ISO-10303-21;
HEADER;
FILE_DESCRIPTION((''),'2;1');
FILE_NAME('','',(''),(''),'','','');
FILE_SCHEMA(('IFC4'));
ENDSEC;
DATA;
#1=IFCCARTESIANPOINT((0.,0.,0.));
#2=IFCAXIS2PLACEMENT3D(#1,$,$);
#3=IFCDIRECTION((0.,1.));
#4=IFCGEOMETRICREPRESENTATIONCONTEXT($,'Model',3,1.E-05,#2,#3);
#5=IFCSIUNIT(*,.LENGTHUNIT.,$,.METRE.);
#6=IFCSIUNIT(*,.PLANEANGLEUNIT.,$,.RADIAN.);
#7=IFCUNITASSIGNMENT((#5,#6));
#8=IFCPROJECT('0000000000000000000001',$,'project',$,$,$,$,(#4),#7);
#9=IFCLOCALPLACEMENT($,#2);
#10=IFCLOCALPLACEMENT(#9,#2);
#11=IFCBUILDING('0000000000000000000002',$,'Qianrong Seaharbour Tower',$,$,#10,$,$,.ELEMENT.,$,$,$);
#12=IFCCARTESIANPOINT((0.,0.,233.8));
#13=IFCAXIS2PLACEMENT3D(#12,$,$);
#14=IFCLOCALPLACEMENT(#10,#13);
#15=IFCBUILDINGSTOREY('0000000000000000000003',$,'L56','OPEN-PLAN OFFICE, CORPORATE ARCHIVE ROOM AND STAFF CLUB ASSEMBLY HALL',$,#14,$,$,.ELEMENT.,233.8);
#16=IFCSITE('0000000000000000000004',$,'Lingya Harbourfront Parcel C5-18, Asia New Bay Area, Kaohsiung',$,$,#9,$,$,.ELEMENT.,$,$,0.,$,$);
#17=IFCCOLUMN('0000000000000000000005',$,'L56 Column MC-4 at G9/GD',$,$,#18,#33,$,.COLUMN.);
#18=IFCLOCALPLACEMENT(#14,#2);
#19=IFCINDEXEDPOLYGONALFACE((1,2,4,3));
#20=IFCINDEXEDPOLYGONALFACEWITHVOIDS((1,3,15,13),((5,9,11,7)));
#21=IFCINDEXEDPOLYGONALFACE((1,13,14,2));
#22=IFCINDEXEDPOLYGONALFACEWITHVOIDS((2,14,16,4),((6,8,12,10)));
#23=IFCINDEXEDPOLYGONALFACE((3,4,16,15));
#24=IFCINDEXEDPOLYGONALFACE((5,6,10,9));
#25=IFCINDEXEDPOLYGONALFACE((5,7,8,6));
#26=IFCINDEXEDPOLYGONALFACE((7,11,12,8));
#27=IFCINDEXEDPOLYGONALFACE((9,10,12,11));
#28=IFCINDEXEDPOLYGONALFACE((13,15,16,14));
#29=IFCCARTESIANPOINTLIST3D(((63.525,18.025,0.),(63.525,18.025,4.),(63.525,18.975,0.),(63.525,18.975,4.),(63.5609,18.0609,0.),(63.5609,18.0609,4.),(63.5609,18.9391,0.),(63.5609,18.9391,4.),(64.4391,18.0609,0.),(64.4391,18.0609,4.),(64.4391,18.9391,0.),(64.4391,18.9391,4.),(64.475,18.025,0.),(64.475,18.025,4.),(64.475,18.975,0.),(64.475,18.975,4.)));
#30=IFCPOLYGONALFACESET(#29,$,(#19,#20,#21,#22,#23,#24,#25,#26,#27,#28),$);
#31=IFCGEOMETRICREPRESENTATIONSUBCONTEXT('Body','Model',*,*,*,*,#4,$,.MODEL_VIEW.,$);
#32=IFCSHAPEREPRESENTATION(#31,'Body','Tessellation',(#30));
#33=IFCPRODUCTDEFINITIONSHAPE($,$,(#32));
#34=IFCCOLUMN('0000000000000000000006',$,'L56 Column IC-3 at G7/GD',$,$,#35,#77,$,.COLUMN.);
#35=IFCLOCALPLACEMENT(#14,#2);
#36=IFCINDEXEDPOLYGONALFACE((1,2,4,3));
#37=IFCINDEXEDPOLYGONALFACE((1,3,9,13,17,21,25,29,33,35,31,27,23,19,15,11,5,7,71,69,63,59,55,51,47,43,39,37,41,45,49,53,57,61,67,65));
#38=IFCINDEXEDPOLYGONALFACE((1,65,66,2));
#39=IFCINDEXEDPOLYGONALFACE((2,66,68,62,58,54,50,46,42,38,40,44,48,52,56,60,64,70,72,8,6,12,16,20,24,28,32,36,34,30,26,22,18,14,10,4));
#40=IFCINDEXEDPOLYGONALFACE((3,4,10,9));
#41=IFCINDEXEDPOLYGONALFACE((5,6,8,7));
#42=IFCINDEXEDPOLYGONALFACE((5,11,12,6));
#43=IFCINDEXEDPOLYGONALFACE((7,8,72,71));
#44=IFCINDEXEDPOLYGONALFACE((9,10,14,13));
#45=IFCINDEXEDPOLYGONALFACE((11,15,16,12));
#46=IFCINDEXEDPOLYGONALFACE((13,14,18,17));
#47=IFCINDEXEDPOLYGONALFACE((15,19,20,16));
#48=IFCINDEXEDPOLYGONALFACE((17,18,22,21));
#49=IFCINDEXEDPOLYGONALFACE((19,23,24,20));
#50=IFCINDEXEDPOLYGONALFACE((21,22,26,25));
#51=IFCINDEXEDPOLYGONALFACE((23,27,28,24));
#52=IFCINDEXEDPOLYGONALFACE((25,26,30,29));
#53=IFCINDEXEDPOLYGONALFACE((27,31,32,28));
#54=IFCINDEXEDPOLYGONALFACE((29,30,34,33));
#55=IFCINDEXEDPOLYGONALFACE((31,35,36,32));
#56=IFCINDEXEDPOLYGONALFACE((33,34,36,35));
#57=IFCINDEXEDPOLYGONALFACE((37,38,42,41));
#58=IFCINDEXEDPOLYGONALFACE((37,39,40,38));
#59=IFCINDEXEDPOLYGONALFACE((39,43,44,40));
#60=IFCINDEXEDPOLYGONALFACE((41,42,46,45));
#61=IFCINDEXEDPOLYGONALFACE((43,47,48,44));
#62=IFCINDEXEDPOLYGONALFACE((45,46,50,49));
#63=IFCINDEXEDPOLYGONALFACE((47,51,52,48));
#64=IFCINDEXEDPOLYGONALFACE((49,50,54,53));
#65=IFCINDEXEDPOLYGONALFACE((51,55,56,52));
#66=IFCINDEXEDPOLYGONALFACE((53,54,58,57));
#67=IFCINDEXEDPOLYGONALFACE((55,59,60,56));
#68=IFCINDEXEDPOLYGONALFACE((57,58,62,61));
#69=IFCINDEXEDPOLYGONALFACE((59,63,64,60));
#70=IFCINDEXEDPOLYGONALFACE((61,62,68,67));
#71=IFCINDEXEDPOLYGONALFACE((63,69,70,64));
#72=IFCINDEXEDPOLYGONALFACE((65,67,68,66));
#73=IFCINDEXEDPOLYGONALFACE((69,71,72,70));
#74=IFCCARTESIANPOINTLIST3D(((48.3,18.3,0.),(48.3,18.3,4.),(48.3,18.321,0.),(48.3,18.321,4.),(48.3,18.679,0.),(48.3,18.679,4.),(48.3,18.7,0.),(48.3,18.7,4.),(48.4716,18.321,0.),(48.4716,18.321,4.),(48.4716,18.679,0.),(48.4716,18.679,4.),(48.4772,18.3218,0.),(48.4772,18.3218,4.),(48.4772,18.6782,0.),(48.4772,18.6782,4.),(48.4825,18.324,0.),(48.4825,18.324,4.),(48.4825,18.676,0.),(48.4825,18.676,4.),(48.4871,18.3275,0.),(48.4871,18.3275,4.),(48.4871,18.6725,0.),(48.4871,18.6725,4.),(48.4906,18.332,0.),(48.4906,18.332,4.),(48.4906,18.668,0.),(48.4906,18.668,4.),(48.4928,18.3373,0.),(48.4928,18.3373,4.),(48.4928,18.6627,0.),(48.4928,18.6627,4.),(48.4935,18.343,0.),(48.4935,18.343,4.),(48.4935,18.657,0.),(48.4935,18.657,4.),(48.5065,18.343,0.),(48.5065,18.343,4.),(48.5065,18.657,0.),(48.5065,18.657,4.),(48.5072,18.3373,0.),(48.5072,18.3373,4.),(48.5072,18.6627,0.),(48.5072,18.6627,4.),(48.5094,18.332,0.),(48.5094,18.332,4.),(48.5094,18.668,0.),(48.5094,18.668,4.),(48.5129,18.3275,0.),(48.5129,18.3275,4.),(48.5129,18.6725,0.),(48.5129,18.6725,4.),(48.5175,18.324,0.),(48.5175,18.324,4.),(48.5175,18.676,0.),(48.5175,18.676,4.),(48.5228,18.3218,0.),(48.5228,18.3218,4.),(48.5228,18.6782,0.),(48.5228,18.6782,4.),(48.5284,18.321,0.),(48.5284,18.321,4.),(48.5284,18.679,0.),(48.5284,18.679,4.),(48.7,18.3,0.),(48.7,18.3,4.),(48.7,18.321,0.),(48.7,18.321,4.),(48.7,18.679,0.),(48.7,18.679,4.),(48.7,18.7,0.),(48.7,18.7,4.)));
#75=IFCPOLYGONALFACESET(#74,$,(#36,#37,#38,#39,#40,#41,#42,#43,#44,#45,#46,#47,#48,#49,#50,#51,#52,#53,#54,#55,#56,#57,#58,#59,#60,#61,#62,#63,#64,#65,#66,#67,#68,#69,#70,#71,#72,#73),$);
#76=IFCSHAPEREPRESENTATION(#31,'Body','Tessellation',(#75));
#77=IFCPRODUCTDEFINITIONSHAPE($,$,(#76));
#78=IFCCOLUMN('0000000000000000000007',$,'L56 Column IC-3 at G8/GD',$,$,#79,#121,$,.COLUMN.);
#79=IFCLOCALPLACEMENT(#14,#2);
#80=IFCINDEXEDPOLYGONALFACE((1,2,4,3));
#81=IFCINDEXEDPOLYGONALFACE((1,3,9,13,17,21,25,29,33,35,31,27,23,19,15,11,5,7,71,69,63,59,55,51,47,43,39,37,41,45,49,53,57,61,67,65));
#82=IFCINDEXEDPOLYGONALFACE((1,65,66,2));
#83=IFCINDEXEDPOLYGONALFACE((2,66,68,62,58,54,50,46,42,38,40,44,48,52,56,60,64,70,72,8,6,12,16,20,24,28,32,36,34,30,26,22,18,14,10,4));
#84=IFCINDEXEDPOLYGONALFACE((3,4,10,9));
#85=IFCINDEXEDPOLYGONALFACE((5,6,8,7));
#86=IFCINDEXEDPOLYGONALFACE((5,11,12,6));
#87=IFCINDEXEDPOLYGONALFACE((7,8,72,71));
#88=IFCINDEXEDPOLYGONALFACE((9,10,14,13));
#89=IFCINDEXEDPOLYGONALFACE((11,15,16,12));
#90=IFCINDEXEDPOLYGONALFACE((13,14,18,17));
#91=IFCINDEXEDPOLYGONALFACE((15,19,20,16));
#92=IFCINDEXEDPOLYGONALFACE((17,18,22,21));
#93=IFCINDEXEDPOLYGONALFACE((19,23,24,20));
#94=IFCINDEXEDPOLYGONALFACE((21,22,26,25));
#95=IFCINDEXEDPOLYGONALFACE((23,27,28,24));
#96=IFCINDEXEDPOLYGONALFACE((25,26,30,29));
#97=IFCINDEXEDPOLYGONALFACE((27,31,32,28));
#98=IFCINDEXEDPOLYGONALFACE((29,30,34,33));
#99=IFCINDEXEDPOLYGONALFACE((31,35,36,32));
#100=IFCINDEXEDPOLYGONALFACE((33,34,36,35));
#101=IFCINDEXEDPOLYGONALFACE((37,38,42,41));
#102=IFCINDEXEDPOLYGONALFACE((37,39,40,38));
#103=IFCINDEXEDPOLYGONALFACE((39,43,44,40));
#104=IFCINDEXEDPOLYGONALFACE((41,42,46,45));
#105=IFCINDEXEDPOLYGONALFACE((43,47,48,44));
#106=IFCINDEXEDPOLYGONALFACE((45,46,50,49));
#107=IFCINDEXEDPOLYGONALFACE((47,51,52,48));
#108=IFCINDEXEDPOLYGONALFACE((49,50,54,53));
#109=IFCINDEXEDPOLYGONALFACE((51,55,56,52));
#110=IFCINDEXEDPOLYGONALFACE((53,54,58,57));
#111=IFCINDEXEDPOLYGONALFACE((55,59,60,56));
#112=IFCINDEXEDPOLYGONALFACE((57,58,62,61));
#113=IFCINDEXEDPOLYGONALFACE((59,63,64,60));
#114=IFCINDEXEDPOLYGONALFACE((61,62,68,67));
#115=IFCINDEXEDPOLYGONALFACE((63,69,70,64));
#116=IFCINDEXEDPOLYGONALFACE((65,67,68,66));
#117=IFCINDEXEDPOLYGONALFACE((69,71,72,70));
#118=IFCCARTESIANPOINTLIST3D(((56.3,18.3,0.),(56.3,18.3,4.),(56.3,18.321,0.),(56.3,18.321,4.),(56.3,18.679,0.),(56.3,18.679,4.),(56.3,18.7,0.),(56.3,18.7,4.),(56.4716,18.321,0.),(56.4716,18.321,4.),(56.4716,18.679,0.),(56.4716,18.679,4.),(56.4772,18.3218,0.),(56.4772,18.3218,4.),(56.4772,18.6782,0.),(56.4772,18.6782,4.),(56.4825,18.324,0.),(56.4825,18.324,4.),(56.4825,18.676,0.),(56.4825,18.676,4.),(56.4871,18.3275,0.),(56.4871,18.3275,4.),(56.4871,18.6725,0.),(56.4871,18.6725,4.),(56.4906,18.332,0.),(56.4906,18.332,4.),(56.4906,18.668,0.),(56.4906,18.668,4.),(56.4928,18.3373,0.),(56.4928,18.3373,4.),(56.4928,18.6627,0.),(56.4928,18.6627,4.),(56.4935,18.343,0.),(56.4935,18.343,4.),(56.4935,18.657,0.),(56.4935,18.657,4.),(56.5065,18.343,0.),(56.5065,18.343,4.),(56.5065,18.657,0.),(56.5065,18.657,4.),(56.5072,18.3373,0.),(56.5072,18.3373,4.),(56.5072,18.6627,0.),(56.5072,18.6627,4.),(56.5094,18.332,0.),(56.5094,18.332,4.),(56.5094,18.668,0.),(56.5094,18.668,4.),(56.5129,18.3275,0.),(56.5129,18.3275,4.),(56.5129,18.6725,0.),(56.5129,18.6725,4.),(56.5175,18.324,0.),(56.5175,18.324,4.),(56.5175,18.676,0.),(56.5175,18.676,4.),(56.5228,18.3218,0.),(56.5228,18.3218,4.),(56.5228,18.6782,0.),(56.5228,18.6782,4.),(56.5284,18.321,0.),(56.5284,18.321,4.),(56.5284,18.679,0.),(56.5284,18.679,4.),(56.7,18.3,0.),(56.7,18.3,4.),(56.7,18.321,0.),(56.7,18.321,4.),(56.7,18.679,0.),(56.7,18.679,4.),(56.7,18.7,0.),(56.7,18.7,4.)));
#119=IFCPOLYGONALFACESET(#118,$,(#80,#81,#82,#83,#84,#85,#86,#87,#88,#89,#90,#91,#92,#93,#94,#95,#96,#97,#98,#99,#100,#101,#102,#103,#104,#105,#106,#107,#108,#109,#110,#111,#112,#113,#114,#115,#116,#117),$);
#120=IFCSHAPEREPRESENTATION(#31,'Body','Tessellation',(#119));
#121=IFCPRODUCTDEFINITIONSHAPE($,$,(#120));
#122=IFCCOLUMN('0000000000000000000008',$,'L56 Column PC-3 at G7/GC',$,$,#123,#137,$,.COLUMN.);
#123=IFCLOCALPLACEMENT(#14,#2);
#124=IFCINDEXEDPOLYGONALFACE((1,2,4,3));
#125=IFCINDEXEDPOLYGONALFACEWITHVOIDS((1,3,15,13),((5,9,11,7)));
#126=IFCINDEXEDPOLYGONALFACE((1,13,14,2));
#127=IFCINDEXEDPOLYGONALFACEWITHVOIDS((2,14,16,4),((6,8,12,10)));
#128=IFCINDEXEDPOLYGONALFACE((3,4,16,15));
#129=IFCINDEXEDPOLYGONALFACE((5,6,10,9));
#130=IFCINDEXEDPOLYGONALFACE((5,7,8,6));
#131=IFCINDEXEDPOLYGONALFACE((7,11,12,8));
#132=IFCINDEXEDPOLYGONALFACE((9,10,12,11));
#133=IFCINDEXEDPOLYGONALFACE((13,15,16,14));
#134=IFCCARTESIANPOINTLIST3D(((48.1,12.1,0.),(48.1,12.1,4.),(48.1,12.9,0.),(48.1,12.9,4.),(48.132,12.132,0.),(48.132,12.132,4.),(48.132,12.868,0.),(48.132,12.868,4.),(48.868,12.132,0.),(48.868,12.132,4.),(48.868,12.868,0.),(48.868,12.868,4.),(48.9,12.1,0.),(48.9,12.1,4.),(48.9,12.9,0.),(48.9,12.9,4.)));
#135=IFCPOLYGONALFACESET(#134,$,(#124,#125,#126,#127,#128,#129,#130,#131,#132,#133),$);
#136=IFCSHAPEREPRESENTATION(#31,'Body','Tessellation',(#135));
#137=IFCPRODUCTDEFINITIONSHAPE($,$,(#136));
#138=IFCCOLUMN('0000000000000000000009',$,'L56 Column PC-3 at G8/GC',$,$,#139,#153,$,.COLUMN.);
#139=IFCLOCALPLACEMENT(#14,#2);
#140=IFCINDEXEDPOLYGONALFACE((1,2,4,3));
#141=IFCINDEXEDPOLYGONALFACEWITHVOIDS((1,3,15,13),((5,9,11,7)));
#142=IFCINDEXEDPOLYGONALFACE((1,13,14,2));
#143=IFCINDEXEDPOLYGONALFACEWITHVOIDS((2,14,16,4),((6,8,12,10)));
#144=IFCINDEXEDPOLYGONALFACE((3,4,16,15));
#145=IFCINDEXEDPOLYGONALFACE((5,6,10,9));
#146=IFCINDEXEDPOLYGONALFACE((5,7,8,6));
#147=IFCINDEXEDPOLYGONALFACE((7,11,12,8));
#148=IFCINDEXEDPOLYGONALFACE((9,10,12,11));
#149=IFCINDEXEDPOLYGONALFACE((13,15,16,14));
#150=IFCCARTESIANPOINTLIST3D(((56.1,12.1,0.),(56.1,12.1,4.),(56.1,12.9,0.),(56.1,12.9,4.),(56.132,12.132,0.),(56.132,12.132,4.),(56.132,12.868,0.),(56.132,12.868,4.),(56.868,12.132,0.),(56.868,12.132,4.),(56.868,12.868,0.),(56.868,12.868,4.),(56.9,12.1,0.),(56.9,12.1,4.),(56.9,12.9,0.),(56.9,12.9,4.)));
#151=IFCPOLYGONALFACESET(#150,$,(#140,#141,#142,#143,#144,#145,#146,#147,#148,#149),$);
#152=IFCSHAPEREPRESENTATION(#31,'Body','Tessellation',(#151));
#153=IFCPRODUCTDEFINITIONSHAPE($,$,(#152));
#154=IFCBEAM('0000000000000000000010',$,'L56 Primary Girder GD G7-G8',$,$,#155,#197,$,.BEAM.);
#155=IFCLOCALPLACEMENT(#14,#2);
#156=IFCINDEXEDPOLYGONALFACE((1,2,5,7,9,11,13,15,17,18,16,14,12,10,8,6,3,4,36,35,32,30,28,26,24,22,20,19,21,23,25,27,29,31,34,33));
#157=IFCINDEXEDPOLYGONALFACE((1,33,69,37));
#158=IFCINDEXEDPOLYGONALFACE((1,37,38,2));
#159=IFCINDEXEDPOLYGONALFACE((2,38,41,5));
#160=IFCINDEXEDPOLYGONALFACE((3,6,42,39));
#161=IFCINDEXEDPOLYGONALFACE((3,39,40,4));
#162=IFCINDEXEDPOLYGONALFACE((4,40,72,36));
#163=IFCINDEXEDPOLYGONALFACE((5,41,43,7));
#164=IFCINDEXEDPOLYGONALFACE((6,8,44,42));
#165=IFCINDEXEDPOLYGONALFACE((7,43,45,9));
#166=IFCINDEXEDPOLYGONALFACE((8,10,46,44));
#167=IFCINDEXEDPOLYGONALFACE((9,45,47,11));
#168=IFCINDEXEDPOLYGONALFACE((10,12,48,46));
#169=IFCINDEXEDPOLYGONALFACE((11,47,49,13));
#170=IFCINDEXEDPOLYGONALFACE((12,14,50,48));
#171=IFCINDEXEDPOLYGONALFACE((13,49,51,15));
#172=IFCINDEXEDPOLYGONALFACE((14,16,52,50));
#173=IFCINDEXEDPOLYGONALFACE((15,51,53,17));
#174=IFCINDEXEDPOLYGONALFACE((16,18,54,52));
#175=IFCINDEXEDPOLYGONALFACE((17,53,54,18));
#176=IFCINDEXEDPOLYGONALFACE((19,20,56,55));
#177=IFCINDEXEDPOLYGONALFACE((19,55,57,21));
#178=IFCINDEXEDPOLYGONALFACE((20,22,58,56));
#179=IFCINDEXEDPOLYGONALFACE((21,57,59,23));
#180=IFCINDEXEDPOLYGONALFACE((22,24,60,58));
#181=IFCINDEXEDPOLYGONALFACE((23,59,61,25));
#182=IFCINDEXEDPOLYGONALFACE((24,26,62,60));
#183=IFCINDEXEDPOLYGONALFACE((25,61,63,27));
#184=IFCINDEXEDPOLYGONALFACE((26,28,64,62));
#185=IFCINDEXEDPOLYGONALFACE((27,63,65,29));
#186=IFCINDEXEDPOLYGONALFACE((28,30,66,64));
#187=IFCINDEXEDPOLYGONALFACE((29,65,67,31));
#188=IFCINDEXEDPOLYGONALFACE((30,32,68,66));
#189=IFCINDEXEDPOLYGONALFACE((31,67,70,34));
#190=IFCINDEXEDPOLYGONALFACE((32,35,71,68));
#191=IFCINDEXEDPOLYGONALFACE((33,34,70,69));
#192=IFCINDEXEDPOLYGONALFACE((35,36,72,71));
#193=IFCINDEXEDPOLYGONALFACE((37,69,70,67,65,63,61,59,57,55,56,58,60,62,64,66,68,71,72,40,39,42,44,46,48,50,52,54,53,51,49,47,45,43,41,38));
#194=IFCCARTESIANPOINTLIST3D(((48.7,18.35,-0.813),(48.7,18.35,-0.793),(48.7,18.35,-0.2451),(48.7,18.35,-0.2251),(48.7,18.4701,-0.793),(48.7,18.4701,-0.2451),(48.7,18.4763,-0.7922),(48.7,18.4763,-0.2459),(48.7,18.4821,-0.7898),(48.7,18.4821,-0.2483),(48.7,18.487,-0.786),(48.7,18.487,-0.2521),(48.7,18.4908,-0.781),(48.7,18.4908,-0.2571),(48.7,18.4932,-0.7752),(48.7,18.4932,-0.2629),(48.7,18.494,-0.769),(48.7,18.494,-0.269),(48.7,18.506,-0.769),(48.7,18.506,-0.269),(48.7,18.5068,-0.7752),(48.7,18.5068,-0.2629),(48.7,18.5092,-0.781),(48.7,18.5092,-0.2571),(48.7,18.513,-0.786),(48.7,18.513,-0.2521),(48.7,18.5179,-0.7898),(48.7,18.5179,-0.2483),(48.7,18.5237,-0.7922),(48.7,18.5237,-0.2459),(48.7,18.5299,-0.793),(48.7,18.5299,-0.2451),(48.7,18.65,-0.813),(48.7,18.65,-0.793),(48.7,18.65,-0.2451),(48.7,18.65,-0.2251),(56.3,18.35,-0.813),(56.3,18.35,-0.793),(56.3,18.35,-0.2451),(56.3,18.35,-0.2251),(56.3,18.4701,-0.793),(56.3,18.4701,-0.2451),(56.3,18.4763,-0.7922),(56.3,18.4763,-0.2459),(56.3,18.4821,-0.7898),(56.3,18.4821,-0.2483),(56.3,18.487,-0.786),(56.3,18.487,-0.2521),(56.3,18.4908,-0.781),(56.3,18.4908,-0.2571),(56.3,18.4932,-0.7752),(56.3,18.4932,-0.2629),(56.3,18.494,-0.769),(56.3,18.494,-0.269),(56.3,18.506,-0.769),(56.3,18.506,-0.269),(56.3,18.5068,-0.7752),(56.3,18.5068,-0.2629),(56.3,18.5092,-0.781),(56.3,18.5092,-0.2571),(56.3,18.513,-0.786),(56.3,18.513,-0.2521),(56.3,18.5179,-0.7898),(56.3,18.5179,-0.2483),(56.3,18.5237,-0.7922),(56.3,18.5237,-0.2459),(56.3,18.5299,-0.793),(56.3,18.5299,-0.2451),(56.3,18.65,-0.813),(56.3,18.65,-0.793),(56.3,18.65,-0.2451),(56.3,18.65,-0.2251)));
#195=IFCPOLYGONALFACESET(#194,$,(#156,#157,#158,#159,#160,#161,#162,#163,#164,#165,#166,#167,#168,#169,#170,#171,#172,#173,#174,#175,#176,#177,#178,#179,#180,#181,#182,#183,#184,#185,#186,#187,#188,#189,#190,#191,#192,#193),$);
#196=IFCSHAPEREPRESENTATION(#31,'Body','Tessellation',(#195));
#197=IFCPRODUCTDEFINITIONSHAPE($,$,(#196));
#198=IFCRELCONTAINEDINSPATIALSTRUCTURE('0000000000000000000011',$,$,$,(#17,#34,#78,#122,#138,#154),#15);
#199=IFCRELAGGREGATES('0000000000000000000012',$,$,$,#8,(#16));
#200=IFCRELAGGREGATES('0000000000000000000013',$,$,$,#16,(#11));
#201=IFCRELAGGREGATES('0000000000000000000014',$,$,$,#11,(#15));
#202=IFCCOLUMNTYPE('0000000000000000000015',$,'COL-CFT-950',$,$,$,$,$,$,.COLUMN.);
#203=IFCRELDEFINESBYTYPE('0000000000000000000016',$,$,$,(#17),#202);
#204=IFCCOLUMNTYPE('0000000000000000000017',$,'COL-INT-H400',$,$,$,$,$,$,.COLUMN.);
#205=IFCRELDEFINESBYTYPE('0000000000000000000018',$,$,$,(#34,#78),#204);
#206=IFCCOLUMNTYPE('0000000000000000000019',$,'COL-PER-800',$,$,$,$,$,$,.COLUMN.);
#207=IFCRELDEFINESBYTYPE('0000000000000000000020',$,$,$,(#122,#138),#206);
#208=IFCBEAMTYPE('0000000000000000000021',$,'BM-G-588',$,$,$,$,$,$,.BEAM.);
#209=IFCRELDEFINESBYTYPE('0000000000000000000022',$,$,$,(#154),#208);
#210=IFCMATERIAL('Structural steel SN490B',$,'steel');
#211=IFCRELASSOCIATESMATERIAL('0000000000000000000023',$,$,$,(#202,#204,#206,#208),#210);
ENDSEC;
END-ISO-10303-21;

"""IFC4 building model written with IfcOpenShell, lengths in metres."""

from ifc_helpers import new_model, si_unit, direction, frame, origin, origin_2d, place, context, subcontext, project, spatial, hollow_rectangle, i_section, extrude, material, material_profile, profile_set, type_object, element, save


model = new_model("IFC4")

# Units and contexts
model_context = context("Model", 3, precision=1e-05, world=origin(), true_north=direction((0.0, 1.0)))
body_context = subcontext(model_context, "Body", "Model", "MODEL_VIEW")
ifc_project = project(units=[si_unit("LENGTHUNIT", "METRE"), si_unit("PLANEANGLEUNIT", "RADIAN")], contexts=[model_context])

# Site, building, storey
site_placement = place(None, origin())
site = spatial("IfcSite", under=ifc_project, at=site_placement, Name="Lingya Harbourfront Parcel C5-18, Asia New Bay Area, Kaohsiung", CompositionType="ELEMENT", RefElevation=0.0)
building_placement = place(site_placement, origin())
building = spatial("IfcBuilding", under=site, at=building_placement, Name="Qianrong Seaharbour Tower", CompositionType="ELEMENT")
storey_placement = place(building_placement, frame((0.0, 0.0, 233.8)))
storey = spatial("IfcBuildingStorey", under=building, at=storey_placement, Name="L56", Description="OPEN-PLAN OFFICE, CORPORATE ARCHIVE ROOM AND STAFF CLUB ASSEMBLY HALL", CompositionType="ELEMENT", Elevation=233.8)

# Columns
ifc_material_1 = material(Name="Structural steel SN490B", Category="steel")
ifc_material_profile_1 = material_profile(ifc_material_1, hollow_rectangle(XDim=0.95, YDim=0.95, WallThickness=0.0359, at=origin_2d()), Name="BOX950x950x36")
ifc_profile_set_1 = profile_set([ifc_material_profile_1], Name="Structural steel SN490B")
column_type_1 = type_object("IfcColumnType", Name="COL-CFT-950", PredefinedType="COLUMN", material=ifc_profile_set_1)
column_placement = place(storey_placement, frame((64.0, 18.5, 0.0), z_axis=(0.0, 0.0, 1.0), x_axis=(1.0, 0.0, 0.0)))
element("IfcColumn", 1, at=column_placement, inside=storey, type_object=column_type_1, Name="L56 Column MC-4 at G9/GD", PredefinedType="COLUMN", context=body_context, shape_type="SweptSolid", body=[
    extrude(hollow_rectangle(XDim=0.95, YDim=0.95, WallThickness=0.0359, at=origin_2d()), origin(), (0.0, 0.0, 1.0), 4.0),
])
ifc_material_profile_2 = material_profile(ifc_material_1, i_section(OverallWidth=0.3999, OverallDepth=0.3999, WebThickness=0.0129, FlangeThickness=0.021, FilletRadius=0.022, at=origin_2d()), Name="H400x400x13x21")
ifc_profile_set_2 = profile_set([ifc_material_profile_2], Name="Structural steel SN490B")
column_type_2 = type_object("IfcColumnType", Name="COL-INT-H400", PredefinedType="COLUMN", material=ifc_profile_set_2)
for number, where, z_axis, x_axis, name in (
    (2, (48.5, 18.5, 0.0), (0.0, 0.0, 1.0), (1.0, 0.0, 0.0), "L56 Column IC-3 at G7/GD"),
    (3, (56.5, 18.5, 0.0), (0.0, 0.0, 1.0), (1.0, 0.0, 0.0), "L56 Column IC-3 at G8/GD"),
):
    element("IfcColumn", number, at=place(storey_placement, frame(where, z_axis=z_axis, x_axis=x_axis)), inside=storey, type_object=column_type_2, Name=name, PredefinedType="COLUMN", context=body_context, shape_type="SweptSolid", body=[
        extrude(i_section(OverallWidth=0.3999, OverallDepth=0.3999, WebThickness=0.0129, FlangeThickness=0.021, FilletRadius=0.022, at=origin_2d()), origin(), (0.0, 0.0, 1.0), 4.0),
    ])
ifc_material_profile_3 = material_profile(ifc_material_1, hollow_rectangle(XDim=0.8, YDim=0.8, WallThickness=0.032, at=origin_2d()), Name="BOX800x800x32")
ifc_profile_set_3 = profile_set([ifc_material_profile_3], Name="Structural steel SN490B")
column_type_3 = type_object("IfcColumnType", Name="COL-PER-800", PredefinedType="COLUMN", material=ifc_profile_set_3)
for number, where, z_axis, x_axis, name in (
    (4, (48.5, 12.5, 0.0), (0.0, 0.0, 1.0), (1.0, 0.0, 0.0), "L56 Column PC-3 at G7/GC"),
    (5, (56.5, 12.5, 0.0), (0.0, 0.0, 1.0), (1.0, 0.0, 0.0), "L56 Column PC-3 at G8/GC"),
):
    element("IfcColumn", number, at=place(storey_placement, frame(where, z_axis=z_axis, x_axis=x_axis)), inside=storey, type_object=column_type_3, Name=name, PredefinedType="COLUMN", context=body_context, shape_type="SweptSolid", body=[
        extrude(hollow_rectangle(XDim=0.8, YDim=0.8, WallThickness=0.032, at=origin_2d()), origin(), (0.0, 0.0, 1.0), 4.0),
    ])

# Beam
ifc_material_profile_4 = material_profile(ifc_material_1, i_section(OverallWidth=0.3, OverallDepth=0.5879, WebThickness=0.012, FlangeThickness=0.02, FilletRadius=0.0239, at=origin_2d()), Name="H588x300x12x20")
ifc_profile_set_4 = profile_set([ifc_material_profile_4], Name="Structural steel SN490B")
beam_type_1 = type_object("IfcBeamType", Name="BM-G-588", PredefinedType="BEAM", material=ifc_profile_set_4)
beam_1_placement = place(storey_placement, frame((48.7, 18.5, -0.519), z_axis=(1.0, 0.0, 0.0), x_axis=(0.0, 1.0, 0.0)))
element("IfcBeam", 6, at=beam_1_placement, inside=storey, type_object=beam_type_1, Name="L56 Primary Girder GD G7-G8", PredefinedType="BEAM", context=body_context, shape_type="SweptSolid", body=[
    extrude(i_section(OverallWidth=0.3, OverallDepth=0.5879, WebThickness=0.012, FlangeThickness=0.02, FilletRadius=0.0239, at=origin_2d()), origin(), (0.0, 0.0, 1.0), 7.6001),
])

save(model, "model.ifc")
